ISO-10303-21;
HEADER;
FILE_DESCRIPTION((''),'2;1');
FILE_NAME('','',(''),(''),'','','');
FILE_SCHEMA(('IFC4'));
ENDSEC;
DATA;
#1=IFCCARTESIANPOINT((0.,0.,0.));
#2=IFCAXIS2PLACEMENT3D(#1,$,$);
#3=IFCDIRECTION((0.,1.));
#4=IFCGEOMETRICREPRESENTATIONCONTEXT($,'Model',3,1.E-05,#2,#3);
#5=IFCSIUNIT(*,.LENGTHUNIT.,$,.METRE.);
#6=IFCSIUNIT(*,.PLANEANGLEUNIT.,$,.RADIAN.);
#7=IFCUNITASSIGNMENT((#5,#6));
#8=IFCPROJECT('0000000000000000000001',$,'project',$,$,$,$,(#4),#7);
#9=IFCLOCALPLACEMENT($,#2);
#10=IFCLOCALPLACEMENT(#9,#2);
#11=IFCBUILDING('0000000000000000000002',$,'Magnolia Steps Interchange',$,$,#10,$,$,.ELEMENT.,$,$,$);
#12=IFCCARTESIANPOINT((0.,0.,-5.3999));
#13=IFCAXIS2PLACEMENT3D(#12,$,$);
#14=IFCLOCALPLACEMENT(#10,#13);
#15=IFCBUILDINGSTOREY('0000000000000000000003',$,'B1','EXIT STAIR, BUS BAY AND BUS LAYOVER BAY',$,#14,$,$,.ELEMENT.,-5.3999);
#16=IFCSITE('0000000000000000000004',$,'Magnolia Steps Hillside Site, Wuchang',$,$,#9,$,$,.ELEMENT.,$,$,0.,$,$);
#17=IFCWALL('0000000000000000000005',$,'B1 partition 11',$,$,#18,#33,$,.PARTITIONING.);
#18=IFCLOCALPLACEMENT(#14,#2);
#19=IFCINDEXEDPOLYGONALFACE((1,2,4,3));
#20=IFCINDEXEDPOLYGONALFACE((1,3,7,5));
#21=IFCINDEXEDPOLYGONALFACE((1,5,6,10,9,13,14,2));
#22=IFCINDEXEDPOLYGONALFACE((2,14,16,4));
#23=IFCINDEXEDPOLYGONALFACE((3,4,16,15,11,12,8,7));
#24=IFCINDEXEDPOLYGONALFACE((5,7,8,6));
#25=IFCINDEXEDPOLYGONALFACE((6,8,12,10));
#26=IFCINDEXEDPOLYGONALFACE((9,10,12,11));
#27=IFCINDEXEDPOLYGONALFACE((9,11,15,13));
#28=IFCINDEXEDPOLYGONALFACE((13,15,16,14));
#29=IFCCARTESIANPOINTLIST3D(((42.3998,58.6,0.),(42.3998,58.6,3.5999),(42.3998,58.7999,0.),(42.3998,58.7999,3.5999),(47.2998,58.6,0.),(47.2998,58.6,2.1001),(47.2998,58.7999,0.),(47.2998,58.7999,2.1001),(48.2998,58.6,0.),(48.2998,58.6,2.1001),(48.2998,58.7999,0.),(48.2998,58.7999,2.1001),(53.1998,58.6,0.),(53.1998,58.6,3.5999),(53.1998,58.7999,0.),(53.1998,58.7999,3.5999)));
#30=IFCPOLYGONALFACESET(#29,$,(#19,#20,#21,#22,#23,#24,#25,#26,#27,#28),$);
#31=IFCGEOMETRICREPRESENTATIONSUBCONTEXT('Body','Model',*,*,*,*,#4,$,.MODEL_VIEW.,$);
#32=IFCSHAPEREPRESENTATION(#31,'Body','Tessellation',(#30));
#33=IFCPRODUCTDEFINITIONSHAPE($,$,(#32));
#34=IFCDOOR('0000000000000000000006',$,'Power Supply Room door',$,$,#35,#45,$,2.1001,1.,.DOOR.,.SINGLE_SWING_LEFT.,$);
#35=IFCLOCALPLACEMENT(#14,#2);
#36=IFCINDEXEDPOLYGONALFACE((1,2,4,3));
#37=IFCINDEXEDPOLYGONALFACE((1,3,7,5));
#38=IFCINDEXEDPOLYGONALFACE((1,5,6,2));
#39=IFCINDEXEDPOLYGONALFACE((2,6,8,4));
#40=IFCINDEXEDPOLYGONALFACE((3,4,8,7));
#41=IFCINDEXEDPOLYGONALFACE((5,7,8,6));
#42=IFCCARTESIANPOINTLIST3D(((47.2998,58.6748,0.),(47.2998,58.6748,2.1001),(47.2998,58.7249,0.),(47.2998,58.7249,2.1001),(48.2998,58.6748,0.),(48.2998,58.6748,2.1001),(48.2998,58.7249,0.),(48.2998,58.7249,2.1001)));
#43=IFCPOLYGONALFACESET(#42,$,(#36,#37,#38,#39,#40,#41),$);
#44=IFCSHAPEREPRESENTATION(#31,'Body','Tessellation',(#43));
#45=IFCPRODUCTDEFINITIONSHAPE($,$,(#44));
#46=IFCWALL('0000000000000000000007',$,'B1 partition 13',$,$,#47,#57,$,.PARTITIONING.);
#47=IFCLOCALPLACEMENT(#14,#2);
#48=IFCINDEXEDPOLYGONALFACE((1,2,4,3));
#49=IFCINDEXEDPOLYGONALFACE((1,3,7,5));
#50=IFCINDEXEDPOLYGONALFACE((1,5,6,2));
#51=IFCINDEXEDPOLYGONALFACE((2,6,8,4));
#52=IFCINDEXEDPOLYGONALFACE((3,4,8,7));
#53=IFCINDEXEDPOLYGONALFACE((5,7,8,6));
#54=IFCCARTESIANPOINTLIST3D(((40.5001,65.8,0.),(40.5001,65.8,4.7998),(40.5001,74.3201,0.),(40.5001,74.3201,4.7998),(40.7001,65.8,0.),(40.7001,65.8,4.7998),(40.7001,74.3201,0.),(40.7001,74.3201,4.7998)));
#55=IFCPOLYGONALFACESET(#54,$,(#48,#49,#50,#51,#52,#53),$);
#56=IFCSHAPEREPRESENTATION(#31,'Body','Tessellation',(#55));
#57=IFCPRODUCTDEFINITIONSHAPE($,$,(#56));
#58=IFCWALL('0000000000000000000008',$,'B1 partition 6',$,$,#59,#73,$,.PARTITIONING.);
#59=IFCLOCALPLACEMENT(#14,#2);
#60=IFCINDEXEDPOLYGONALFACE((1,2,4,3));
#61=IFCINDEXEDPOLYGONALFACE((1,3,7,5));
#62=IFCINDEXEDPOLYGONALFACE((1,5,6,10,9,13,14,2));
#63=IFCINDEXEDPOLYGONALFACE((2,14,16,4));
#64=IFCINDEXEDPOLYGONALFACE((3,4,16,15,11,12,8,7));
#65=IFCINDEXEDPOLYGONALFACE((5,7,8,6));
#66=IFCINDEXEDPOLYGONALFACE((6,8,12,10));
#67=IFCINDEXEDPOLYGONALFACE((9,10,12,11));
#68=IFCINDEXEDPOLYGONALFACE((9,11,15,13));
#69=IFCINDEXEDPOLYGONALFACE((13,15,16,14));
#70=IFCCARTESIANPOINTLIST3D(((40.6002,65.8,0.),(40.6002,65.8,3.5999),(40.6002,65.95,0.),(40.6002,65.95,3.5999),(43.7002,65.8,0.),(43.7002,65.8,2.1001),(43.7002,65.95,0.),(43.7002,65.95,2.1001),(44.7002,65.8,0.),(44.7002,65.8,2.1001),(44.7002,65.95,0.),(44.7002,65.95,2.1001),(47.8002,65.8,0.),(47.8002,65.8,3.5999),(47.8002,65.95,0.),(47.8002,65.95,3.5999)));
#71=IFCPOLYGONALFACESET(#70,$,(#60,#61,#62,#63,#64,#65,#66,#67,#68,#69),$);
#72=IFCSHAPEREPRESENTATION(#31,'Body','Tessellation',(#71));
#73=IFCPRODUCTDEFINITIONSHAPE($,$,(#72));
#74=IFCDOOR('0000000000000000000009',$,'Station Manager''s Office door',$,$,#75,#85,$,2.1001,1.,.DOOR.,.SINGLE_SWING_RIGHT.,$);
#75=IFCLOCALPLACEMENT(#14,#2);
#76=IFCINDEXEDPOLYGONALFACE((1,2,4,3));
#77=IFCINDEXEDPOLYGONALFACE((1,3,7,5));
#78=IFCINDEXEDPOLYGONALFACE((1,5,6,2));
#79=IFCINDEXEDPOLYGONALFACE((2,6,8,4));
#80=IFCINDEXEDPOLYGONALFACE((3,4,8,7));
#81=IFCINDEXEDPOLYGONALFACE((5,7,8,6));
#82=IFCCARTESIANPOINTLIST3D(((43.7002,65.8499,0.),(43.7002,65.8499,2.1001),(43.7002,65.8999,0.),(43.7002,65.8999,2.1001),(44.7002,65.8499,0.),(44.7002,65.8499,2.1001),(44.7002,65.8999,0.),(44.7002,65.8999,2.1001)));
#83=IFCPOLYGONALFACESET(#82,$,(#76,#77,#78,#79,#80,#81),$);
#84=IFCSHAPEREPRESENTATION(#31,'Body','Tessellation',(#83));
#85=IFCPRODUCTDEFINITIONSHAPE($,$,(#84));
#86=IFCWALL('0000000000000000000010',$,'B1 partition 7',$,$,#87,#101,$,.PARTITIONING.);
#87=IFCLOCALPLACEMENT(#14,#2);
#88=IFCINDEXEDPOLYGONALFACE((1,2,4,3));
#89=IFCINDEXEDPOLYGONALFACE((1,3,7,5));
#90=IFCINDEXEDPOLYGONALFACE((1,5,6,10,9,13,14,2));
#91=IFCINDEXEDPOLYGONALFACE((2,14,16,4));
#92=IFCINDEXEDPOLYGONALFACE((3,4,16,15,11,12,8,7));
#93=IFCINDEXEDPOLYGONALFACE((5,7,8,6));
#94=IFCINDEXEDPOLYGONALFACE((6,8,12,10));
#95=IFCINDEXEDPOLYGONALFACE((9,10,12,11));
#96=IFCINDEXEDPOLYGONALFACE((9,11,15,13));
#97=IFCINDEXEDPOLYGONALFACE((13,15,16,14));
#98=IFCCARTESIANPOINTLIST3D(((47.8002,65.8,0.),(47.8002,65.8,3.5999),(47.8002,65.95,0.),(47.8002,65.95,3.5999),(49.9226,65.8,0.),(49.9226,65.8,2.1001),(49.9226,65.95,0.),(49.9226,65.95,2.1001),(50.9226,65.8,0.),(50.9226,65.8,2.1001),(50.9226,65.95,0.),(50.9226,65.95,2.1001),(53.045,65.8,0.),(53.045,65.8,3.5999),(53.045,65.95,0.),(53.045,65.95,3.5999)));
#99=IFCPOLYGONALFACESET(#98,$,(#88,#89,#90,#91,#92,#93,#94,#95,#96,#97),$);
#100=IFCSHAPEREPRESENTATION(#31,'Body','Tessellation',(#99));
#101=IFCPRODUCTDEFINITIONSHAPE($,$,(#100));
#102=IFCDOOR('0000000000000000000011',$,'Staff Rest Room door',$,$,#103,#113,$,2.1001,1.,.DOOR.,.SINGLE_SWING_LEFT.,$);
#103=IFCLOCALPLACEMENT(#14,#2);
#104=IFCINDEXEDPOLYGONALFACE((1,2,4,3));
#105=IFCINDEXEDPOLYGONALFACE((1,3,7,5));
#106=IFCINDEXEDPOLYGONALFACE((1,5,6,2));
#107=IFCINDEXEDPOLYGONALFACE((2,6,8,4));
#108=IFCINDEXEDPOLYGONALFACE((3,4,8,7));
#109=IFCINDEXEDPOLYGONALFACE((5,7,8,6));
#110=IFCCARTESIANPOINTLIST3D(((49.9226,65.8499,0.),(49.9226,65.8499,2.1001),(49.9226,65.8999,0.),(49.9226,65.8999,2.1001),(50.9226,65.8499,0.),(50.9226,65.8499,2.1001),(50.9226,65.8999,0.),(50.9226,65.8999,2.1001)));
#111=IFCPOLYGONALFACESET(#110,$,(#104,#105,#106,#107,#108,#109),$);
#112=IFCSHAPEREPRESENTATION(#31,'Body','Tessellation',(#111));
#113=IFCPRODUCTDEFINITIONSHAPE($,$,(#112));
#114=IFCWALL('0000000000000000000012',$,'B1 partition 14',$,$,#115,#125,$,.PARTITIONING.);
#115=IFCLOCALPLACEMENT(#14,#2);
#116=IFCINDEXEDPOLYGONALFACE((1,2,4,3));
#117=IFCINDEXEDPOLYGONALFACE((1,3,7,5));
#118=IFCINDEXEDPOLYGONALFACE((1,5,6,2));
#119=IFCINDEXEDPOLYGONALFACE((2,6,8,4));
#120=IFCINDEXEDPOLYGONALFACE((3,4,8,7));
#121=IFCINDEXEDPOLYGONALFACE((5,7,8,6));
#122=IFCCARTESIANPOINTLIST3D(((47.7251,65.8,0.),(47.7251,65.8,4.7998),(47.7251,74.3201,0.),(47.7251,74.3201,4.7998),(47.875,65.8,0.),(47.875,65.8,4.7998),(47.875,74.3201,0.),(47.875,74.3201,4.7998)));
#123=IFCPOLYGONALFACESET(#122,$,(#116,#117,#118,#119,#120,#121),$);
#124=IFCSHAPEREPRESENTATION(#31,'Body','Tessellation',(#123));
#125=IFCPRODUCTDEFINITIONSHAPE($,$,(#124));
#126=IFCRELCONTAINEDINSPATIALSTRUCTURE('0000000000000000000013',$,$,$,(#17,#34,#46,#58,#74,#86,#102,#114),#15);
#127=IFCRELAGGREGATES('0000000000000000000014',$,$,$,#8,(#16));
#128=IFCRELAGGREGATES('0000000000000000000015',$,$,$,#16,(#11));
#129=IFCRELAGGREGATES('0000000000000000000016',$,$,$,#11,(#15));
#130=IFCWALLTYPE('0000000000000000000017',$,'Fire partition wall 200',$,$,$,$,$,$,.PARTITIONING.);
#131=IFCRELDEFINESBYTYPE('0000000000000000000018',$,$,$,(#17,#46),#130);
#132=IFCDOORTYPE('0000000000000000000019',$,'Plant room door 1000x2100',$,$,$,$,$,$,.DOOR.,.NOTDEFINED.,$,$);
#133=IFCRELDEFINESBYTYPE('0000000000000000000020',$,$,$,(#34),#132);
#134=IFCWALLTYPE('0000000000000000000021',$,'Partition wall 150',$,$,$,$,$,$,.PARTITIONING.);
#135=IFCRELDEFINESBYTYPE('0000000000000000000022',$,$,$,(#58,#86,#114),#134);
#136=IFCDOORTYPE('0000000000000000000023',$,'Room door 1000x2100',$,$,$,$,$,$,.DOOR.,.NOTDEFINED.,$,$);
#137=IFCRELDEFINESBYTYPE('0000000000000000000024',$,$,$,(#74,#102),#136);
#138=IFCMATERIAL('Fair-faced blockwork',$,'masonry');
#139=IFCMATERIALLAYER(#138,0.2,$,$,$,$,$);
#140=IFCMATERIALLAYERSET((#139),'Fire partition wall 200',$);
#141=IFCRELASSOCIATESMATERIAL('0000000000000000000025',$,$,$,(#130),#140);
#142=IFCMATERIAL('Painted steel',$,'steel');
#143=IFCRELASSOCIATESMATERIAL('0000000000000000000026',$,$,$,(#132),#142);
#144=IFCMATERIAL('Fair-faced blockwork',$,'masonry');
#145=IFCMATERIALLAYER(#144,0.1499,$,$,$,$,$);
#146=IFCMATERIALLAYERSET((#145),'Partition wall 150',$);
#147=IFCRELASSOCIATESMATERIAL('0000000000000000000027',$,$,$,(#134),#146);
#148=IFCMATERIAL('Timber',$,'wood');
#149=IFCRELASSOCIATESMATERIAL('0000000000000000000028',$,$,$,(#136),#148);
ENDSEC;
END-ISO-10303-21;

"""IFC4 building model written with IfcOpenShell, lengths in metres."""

from ifc_helpers import new_model, si_unit, direction, frame, frame_2d, origin, place, context, subcontext, project, spatial, rectangle, extrude, material, layer, layer_set, type_object, element, fill, save


model = new_model("IFC4")

# Units and contexts
model_context = context("Model", 3, precision=1e-05, world=origin(), true_north=direction((0.0, 1.0)))
body_context = subcontext(model_context, "Body", "Model", "MODEL_VIEW")
ifc_project = project(units=[si_unit("LENGTHUNIT", "METRE"), si_unit("PLANEANGLEUNIT", "RADIAN")], contexts=[model_context])

# Site, building, storey
site_placement = place(None, origin())
site = spatial("IfcSite", under=ifc_project, at=site_placement, Name="Magnolia Steps Hillside Site, Wuchang", CompositionType="ELEMENT", RefElevation=0.0)
building_placement = place(site_placement, origin())
building = spatial("IfcBuilding", under=site, at=building_placement, Name="Magnolia Steps Interchange", CompositionType="ELEMENT")
storey_placement = place(building_placement, frame((0.0, 0.0, -5.3999)))
storey = spatial("IfcBuildingStorey", under=building, at=storey_placement, Name="B1", Description="EXIT STAIR, BUS BAY AND BUS LAYOVER BAY", CompositionType="ELEMENT", Elevation=-5.3999)

# Shared definitions
ifc_material_1 = material(Name="Fair-faced blockwork", Category="masonry")
ifc_layer_1 = layer(ifc_material_1, 0.2)
ifc_layer_set_1 = layer_set([ifc_layer_1], Name="Fire partition wall 200")
wall_type_1 = type_object("IfcWallType", Name="Fire partition wall 200", PredefinedType="PARTITIONING", material=ifc_layer_set_1)
ifc_material_2 = material(Name="Painted steel", Category="steel")
door_type_1 = type_object("IfcDoorType", Name="Plant room door 1000x2100", OperationType="NOTDEFINED", PredefinedType="DOOR", material=ifc_material_2)

# Wall, opening, door
wall_1_placement = place(storey_placement, frame((42.3999, 58.7, 0.0), z_axis=(0.0, 0.0, 1.0), x_axis=(1.0, 0.0, 0.0)))
wall_1 = element("IfcWall", 1, at=wall_1_placement, inside=storey, type_object=wall_type_1, Name="B1 partition 11", PredefinedType="PARTITIONING", context=body_context, shape_type="SweptSolid", body=[
    extrude(rectangle(XDim=10.8, YDim=0.2, at=frame_2d((5.3999, 0.0))), origin(), (0.0, 0.0, 1.0), 3.5999),
])
opening_1_placement = place(wall_1_placement, frame((4.8999, 0.0, 0.0)))
opening_1 = element("IfcOpeningElement", 2, at=opening_1_placement, cuts=wall_1, PredefinedType="OPENING", context=body_context, shape_type="SweptSolid", body=[
    extrude(rectangle(XDim=1.0, YDim=2.1001, at=frame_2d((0.5, 1.05))), frame((0.0, 0.1099, 0.0), z_axis=(0.0, -1.0, 0.0), x_axis=(1.0, 0.0, 0.0)), (0.0, 0.0, 1.0), 0.22),
])
door_1_placement = place(opening_1_placement, origin())
door_1 = element("IfcDoor", 3, at=door_1_placement, inside=storey, type_object=door_type_1, Name="Power Supply Room door", OperationType="SINGLE_SWING_LEFT", OverallHeight=2.1001, OverallWidth=1.0, PredefinedType="DOOR", context=body_context, shape_type="SweptSolid", body=[
    extrude(rectangle(XDim=1.0, YDim=2.1001, at=frame_2d((0.5, 1.05))), frame((0.0, 0.0249, 0.0), z_axis=(0.0, -1.0, 0.0), x_axis=(1.0, 0.0, 0.0)), (0.0, 0.0, 1.0), 0.05),
])
fill(opening_1, door_1)

# Wall
wall_2_placement = place(storey_placement, frame((40.6001, 65.8, 0.0), z_axis=(0.0, 0.0, 1.0), x_axis=(0.0, 1.0, 0.0)))
element("IfcWall", 4, at=wall_2_placement, inside=storey, type_object=wall_type_1, Name="B1 partition 13", PredefinedType="PARTITIONING", context=body_context, shape_type="SweptSolid", body=[
    extrude(rectangle(XDim=8.52, YDim=0.2, at=frame_2d((4.26, 0.0))), origin(), (0.0, 0.0, 1.0), 4.7998),
])

# Walls, openings, doors
ifc_material_3 = material(Name="Fair-faced blockwork", Category="masonry")
ifc_layer_2 = layer(ifc_material_3, 0.1499)
ifc_layer_set_2 = layer_set([ifc_layer_2], Name="Partition wall 150")
wall_type_2 = type_object("IfcWallType", Name="Partition wall 150", PredefinedType="PARTITIONING", material=ifc_layer_set_2)
wall_3_placement = place(storey_placement, frame((40.6001, 65.875, 0.0), z_axis=(0.0, 0.0, 1.0), x_axis=(1.0, 0.0, 0.0)))
wall_3 = element("IfcWall", 5, at=wall_3_placement, inside=storey, type_object=wall_type_2, Name="B1 partition 6", PredefinedType="PARTITIONING", context=body_context, shape_type="SweptSolid", body=[
    extrude(rectangle(XDim=7.2, YDim=0.1499, at=frame_2d((3.6001, 0.0))), origin(), (0.0, 0.0, 1.0), 3.5999),
])
opening_2_placement = place(wall_3_placement, frame((3.1001, 0.0, 0.0)))
opening_2 = element("IfcOpeningElement", 6, at=opening_2_placement, cuts=wall_3, PredefinedType="OPENING", context=body_context, shape_type="SweptSolid", body=[
    extrude(rectangle(XDim=1.0, YDim=2.1001, at=frame_2d((0.5, 1.05))), frame((0.0, 0.085, 0.0), z_axis=(0.0, -1.0, 0.0), x_axis=(1.0, 0.0, 0.0)), (0.0, 0.0, 1.0), 0.1699),
])
ifc_material_4 = material(Name="Timber", Category="wood")
door_type_2 = type_object("IfcDoorType", Name="Room door 1000x2100", OperationType="NOTDEFINED", PredefinedType="DOOR", material=ifc_material_4)
door_2_placement = place(opening_2_placement, origin())
door_2 = element("IfcDoor", 7, at=door_2_placement, inside=storey, type_object=door_type_2, Name="Station Manager's Office door", OperationType="SINGLE_SWING_RIGHT", OverallHeight=2.1001, OverallWidth=1.0, PredefinedType="DOOR", context=body_context, shape_type="SweptSolid", body=[
    extrude(rectangle(XDim=1.0, YDim=2.1001, at=frame_2d((0.5, 1.05))), frame((0.0, 0.0249, 0.0), z_axis=(0.0, -1.0, 0.0), x_axis=(1.0, 0.0, 0.0)), (0.0, 0.0, 1.0), 0.05),
])
fill(opening_2, door_2)
wall_4_placement = place(storey_placement, frame((47.8, 65.875, 0.0), z_axis=(0.0, 0.0, 1.0), x_axis=(1.0, 0.0, 0.0)))
wall_4 = element("IfcWall", 8, at=wall_4_placement, inside=storey, type_object=wall_type_2, Name="B1 partition 7", PredefinedType="PARTITIONING", context=body_context, shape_type="SweptSolid", body=[
    extrude(rectangle(XDim=5.2449, YDim=0.1499, at=frame_2d((2.6226, 0.0))), origin(), (0.0, 0.0, 1.0), 3.5999),
])
opening_3_placement = place(wall_4_placement, frame((2.1226, 0.0, 0.0)))
opening_3 = element("IfcOpeningElement", 9, at=opening_3_placement, cuts=wall_4, PredefinedType="OPENING", context=body_context, shape_type="SweptSolid", body=[
    extrude(rectangle(XDim=1.0, YDim=2.1001, at=frame_2d((0.5, 1.05))), frame((0.0, 0.085, 0.0), z_axis=(0.0, -1.0, 0.0), x_axis=(1.0, 0.0, 0.0)), (0.0, 0.0, 1.0), 0.1699),
])
door_3_placement = place(opening_3_placement, origin())
door_3 = element("IfcDoor", 10, at=door_3_placement, inside=storey, type_object=door_type_2, Name="Staff Rest Room door", OperationType="SINGLE_SWING_LEFT", OverallHeight=2.1001, OverallWidth=1.0, PredefinedType="DOOR", context=body_context, shape_type="SweptSolid", body=[
    extrude(rectangle(XDim=1.0, YDim=2.1001, at=frame_2d((0.5, 1.05))), frame((0.0, 0.0249, 0.0), z_axis=(0.0, -1.0, 0.0), x_axis=(1.0, 0.0, 0.0)), (0.0, 0.0, 1.0), 0.05),
])
fill(opening_3, door_3)

# Wall
wall_5_placement = place(storey_placement, frame((47.8, 65.8, 0.0), z_axis=(0.0, 0.0, 1.0), x_axis=(0.0, 1.0, 0.0)))
element("IfcWall", 11, at=wall_5_placement, inside=storey, type_object=wall_type_2, Name="B1 partition 14", PredefinedType="PARTITIONING", context=body_context, shape_type="SweptSolid", body=[
    extrude(rectangle(XDim=8.52, YDim=0.1499, at=frame_2d((4.26, 0.0))), origin(), (0.0, 0.0, 1.0), 4.7998),
])

save(model, "model.ifc")
